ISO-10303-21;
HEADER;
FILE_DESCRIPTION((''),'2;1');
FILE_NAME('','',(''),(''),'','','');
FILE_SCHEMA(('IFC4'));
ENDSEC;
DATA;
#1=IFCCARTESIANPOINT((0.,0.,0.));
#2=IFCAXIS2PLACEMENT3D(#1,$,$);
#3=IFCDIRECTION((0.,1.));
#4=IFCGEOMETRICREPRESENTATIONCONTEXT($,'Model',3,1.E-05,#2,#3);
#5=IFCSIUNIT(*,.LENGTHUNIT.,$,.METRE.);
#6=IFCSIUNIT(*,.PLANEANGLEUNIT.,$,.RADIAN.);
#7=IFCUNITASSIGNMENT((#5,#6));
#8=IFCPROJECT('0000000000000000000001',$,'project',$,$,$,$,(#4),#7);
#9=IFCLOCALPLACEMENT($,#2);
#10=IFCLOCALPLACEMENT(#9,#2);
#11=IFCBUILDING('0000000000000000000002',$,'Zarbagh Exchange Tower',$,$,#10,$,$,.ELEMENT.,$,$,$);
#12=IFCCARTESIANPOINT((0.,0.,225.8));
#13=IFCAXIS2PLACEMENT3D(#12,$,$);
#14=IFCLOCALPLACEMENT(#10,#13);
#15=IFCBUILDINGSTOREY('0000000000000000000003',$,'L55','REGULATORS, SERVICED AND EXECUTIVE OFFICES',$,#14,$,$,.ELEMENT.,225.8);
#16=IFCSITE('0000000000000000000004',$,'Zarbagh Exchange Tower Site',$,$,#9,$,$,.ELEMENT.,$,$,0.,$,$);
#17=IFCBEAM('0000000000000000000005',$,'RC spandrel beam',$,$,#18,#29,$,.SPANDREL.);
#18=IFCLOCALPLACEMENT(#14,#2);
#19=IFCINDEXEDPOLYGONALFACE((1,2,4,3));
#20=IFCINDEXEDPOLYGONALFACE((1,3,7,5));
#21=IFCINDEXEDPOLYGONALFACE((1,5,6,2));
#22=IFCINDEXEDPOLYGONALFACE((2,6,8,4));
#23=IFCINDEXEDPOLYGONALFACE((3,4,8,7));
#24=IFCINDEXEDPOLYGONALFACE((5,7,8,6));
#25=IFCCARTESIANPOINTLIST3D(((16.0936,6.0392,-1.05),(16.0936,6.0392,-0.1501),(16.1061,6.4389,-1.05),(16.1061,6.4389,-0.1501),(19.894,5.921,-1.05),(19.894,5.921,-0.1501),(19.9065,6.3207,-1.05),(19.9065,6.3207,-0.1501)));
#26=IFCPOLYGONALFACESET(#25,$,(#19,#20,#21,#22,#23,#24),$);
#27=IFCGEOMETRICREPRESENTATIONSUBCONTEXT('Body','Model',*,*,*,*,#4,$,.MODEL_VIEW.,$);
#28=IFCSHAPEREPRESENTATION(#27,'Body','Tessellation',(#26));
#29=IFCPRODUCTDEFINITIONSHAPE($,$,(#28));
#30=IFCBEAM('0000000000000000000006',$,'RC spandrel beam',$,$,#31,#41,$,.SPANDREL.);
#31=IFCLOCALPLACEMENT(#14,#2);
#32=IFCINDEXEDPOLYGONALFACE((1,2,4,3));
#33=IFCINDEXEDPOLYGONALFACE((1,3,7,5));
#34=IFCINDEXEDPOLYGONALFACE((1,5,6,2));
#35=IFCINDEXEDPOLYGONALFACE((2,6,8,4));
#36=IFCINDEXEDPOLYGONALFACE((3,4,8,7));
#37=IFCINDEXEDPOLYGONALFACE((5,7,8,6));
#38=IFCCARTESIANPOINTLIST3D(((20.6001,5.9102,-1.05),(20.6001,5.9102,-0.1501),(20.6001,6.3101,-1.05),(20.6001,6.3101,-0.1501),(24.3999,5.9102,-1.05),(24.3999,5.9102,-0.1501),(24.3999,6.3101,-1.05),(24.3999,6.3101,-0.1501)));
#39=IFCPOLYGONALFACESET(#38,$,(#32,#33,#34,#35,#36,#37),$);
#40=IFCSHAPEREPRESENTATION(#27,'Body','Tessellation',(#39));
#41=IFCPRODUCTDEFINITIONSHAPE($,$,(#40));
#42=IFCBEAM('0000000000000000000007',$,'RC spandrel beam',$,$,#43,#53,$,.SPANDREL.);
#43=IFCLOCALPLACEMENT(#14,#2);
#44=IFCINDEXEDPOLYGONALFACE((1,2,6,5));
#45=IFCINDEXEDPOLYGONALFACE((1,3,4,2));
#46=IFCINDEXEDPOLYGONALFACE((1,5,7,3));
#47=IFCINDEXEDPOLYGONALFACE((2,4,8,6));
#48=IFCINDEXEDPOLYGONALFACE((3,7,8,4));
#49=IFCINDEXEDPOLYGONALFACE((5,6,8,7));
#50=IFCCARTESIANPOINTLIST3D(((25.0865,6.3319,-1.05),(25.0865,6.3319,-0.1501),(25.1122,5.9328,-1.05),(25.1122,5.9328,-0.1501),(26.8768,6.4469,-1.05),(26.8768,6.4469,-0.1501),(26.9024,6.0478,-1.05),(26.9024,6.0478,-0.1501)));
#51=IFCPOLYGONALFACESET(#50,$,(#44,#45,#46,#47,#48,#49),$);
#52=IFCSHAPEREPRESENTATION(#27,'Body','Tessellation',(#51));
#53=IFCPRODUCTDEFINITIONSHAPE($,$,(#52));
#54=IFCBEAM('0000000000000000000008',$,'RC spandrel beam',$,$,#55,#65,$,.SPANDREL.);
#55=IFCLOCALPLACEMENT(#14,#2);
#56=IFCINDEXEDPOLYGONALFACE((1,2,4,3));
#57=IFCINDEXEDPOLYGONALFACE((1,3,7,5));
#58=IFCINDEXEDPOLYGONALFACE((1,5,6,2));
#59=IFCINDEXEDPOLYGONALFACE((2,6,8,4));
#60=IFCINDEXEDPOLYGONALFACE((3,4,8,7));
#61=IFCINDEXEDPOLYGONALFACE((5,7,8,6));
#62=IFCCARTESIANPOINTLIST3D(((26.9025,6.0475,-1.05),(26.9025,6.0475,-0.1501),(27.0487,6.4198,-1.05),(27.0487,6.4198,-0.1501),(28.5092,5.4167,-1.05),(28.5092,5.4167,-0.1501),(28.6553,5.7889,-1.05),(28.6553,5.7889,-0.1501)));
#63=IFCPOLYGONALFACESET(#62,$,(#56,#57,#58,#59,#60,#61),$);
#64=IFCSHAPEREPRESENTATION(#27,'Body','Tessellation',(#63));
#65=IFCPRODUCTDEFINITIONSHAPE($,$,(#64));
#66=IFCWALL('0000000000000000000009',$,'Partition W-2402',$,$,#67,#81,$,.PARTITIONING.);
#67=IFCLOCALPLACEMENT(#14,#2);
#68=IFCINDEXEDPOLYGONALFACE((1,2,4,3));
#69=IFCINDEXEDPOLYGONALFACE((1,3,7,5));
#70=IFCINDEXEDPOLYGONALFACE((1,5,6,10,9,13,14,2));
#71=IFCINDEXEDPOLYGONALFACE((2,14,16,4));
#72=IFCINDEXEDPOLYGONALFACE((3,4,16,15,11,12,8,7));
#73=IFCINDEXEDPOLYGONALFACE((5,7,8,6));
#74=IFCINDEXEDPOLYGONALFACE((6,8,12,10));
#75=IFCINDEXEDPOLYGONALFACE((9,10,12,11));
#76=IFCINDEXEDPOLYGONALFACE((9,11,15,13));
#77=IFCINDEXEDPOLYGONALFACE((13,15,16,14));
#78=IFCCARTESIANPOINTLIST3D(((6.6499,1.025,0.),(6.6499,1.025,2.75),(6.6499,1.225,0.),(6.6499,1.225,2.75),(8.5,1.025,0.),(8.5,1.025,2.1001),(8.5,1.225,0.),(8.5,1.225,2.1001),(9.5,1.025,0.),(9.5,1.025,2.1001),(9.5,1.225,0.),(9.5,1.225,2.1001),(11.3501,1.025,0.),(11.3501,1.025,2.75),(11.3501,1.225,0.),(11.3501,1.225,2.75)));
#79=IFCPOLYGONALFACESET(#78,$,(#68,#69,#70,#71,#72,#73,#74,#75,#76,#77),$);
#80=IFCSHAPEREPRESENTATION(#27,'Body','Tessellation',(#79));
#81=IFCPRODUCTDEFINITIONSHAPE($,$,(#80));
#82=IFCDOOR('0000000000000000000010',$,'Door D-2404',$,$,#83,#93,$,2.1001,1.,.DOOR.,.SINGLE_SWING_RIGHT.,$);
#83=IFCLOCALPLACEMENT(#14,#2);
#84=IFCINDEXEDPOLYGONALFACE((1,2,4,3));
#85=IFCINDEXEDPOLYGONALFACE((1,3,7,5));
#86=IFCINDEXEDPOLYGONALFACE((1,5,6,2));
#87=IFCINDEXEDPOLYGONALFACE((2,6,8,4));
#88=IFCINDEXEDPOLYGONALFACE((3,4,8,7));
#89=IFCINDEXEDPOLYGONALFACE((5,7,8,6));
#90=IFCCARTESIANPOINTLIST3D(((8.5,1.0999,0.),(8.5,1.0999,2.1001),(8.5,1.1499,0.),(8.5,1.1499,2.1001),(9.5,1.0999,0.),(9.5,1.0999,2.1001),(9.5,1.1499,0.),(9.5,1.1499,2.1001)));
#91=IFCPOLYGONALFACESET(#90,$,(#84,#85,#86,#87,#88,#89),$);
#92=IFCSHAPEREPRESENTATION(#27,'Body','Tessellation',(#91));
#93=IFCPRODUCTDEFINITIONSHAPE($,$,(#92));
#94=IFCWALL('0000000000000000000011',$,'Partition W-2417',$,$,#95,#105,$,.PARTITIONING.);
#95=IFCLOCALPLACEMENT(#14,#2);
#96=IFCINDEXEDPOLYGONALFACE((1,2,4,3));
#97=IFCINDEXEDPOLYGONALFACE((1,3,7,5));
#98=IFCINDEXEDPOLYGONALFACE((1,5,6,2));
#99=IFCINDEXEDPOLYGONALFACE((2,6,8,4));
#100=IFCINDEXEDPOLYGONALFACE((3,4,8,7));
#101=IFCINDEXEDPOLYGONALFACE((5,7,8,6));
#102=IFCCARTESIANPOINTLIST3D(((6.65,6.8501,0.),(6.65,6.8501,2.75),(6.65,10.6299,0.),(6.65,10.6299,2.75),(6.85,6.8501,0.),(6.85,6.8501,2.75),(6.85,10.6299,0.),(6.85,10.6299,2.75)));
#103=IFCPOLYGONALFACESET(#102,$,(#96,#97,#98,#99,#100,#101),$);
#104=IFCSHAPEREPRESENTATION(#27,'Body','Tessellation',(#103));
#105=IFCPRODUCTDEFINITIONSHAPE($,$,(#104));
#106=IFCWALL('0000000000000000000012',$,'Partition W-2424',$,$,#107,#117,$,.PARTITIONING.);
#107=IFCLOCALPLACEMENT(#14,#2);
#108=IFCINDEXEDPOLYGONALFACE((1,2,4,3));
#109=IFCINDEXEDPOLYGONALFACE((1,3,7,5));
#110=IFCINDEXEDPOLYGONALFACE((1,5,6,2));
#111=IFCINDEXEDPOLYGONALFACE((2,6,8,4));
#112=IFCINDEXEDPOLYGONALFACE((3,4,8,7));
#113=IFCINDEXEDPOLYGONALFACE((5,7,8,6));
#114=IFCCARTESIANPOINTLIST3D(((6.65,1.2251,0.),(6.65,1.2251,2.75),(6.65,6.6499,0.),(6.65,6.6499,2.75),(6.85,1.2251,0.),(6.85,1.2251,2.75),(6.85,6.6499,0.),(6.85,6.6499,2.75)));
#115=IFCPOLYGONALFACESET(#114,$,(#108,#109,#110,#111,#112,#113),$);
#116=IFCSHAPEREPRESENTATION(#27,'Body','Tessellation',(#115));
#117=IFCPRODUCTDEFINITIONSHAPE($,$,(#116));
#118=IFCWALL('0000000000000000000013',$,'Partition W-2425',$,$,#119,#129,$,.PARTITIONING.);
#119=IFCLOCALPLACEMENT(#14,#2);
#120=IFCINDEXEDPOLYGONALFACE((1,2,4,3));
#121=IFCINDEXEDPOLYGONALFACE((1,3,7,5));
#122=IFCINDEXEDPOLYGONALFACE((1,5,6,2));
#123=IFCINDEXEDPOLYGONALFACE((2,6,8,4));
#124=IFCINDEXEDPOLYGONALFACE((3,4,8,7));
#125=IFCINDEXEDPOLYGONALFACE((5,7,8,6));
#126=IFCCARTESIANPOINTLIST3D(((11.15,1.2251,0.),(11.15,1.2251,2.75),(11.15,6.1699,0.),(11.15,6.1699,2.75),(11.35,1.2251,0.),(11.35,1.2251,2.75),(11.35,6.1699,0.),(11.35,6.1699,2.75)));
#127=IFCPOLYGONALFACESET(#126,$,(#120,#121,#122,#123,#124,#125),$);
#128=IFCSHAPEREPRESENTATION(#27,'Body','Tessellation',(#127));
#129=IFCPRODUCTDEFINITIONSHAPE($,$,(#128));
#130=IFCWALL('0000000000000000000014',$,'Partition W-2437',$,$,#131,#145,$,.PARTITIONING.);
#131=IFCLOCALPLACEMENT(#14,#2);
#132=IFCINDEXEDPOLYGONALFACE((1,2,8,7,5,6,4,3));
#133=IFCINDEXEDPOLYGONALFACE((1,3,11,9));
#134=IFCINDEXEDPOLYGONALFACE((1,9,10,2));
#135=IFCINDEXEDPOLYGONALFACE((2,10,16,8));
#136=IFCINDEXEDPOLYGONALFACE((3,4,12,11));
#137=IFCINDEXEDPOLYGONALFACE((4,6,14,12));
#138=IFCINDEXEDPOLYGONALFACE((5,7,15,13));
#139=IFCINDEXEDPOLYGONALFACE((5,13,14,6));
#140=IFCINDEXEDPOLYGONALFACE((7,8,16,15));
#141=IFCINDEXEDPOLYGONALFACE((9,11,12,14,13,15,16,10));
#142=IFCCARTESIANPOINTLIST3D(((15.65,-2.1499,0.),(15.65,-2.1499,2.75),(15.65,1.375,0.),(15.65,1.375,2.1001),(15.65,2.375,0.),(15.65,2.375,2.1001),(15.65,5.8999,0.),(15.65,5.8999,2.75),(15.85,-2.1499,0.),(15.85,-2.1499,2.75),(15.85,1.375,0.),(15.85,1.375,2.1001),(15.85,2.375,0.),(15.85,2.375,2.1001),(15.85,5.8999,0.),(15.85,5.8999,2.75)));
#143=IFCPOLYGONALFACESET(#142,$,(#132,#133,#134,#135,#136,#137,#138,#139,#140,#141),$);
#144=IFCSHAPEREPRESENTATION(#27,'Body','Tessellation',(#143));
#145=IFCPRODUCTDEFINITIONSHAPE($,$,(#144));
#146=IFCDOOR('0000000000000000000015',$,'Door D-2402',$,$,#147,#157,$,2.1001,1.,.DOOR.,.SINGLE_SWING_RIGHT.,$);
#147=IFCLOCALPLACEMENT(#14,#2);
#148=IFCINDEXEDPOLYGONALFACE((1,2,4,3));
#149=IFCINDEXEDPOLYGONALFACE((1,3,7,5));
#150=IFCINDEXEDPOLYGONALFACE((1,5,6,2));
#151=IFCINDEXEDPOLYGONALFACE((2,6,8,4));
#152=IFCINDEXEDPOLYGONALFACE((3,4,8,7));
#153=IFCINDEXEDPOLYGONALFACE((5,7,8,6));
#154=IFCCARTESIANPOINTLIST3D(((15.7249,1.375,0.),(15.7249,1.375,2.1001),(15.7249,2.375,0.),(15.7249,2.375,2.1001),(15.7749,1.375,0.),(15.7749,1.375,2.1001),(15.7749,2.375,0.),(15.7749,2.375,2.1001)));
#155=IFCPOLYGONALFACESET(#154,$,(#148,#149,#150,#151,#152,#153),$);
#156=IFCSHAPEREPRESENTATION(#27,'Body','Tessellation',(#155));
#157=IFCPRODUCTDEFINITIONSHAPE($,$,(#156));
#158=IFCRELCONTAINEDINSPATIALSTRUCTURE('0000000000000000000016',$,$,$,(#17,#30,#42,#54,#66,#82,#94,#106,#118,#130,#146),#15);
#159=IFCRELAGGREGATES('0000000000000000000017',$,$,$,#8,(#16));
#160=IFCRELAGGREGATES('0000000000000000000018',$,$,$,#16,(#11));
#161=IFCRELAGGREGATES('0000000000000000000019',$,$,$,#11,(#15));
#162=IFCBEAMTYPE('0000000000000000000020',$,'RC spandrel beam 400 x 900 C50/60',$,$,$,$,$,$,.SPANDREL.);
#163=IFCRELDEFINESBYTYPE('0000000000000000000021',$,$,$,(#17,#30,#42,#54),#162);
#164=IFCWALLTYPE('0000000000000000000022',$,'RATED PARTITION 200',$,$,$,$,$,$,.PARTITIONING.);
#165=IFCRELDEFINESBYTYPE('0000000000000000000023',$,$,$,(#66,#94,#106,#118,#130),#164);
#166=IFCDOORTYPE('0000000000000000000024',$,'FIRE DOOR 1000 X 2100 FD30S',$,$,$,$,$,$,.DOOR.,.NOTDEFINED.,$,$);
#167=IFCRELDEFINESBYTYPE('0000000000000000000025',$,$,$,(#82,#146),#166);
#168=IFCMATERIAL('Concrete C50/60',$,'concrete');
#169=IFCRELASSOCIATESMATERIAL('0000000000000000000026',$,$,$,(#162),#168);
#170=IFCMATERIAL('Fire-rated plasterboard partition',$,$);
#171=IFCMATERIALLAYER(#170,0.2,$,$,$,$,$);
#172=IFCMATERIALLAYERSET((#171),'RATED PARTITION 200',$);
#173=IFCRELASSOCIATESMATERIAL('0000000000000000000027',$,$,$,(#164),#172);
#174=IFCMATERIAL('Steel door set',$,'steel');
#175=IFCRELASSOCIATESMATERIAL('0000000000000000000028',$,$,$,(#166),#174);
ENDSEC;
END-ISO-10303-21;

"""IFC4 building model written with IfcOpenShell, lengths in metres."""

from ifc_helpers import new_model, si_unit, direction, frame, frame_2d, origin, origin_2d, place, context, subcontext, project, spatial, rectangle, extrude, material, layer, layer_set, material_profile, profile_set, type_object, element, fill, save


model = new_model("IFC4")

# Units and contexts
model_context = context("Model", 3, precision=1e-05, world=origin(), true_north=direction((0.0, 1.0)))
body_context = subcontext(model_context, "Body", "Model", "MODEL_VIEW")
ifc_project = project(units=[si_unit("LENGTHUNIT", "METRE"), si_unit("PLANEANGLEUNIT", "RADIAN")], contexts=[model_context])

# Site, building, storey
site_placement = place(None, origin())
site = spatial("IfcSite", under=ifc_project, at=site_placement, Name="Zarbagh Exchange Tower Site", CompositionType="ELEMENT", RefElevation=0.0)
building_placement = place(site_placement, origin())
building = spatial("IfcBuilding", under=site, at=building_placement, Name="Zarbagh Exchange Tower", CompositionType="ELEMENT")
storey_placement = place(building_placement, frame((0.0, 0.0, 225.8)))
storey = spatial("IfcBuildingStorey", under=building, at=storey_placement, Name="L55", Description="REGULATORS, SERVICED AND EXECUTIVE OFFICES", CompositionType="ELEMENT", Elevation=225.8)

# Shared definitions
ifc_material_1 = material(Name="Concrete C50/60", Category="concrete")

# Beams
ifc_material_profile_1 = material_profile(ifc_material_1, rectangle(XDim=0.3999, YDim=0.8999, at=origin_2d()), Name="RC spandrel beam 400 x 900 C50/60")
ifc_profile_set_1 = profile_set([ifc_material_profile_1], Name="Concrete C50/60")
beam_type_1 = type_object("IfcBeamType", Name="RC spandrel beam 400 x 900 C50/60", PredefinedType="SPANDREL", material=ifc_profile_set_1)
beam_1_placement = place(storey_placement, frame((16.0999, 6.239, -0.6001), z_axis=(0.999517, -0.031078, 0.0), x_axis=(0.031078, 0.999517, 0.0)))
element("IfcBeam", 1, at=beam_1_placement, inside=storey, type_object=beam_type_1, Name="RC spandrel beam", PredefinedType="SPANDREL", context=body_context, shape_type="SweptSolid", body=[
    extrude(rectangle(XDim=0.3999, YDim=0.8999, at=origin_2d()), origin(), (0.0, 0.0, 1.0), 3.8022),
])
beam_2_placement = place(storey_placement, frame((20.6001, 6.1101, -0.6001), z_axis=(1.0, 0.0, 0.0), x_axis=(0.0, 1.0, 0.0)))
element("IfcBeam", 2, at=beam_2_placement, inside=storey, type_object=beam_type_1, Name="RC spandrel beam", PredefinedType="SPANDREL", context=body_context, shape_type="SweptSolid", body=[
    extrude(rectangle(XDim=0.3999, YDim=0.8999, at=origin_2d()), origin(), (0.0, 0.0, 1.0), 3.7998),
])
beam_3_placement = place(storey_placement, frame((25.0994, 6.1323, -0.6001), z_axis=(0.997944, 0.064098, 0.0), x_axis=(-0.064098, 0.997944, 0.0)))
element("IfcBeam", 3, at=beam_3_placement, inside=storey, type_object=beam_type_1, Name="RC spandrel beam", PredefinedType="SPANDREL", context=body_context, shape_type="SweptSolid", body=[
    extrude(rectangle(XDim=0.3999, YDim=0.8999, at=origin_2d()), origin(), (0.0, 0.0, 1.0), 1.7939),
])
beam_4_placement = place(storey_placement, frame((26.9756, 6.2336, -0.6001), z_axis=(0.930819, -0.365482, 0.0), x_axis=(0.365482, 0.930819, 0.0)))
element("IfcBeam", 4, at=beam_4_placement, inside=storey, type_object=beam_type_1, Name="RC spandrel beam", PredefinedType="SPANDREL", context=body_context, shape_type="SweptSolid", body=[
    extrude(rectangle(XDim=0.3999, YDim=0.8999, at=origin_2d()), origin(), (0.0, 0.0, 1.0), 1.7261),
])

# Wall, opening, door
ifc_material_2 = material(Name="Fire-rated plasterboard partition")
ifc_layer = layer(ifc_material_2, 0.2)
ifc_layer_set = layer_set([ifc_layer], Name="RATED PARTITION 200")
wall_type = type_object("IfcWallType", Name="RATED PARTITION 200", PredefinedType="PARTITIONING", material=ifc_layer_set)
wall_1_placement = place(storey_placement, frame((6.6499, 1.125, 0.0), z_axis=(0.0, 0.0, 1.0), x_axis=(1.0, 0.0, 0.0)))
wall_1 = element("IfcWall", 5, at=wall_1_placement, inside=storey, type_object=wall_type, Name="Partition W-2402", PredefinedType="PARTITIONING", context=body_context, shape_type="SweptSolid", body=[
    extrude(rectangle(XDim=4.7002, YDim=0.2, at=frame_2d((2.3501, 0.0))), origin(), (0.0, 0.0, 1.0), 2.75),
])
opening_1_placement = place(wall_1_placement, frame((1.8501, 0.0, 0.0)))
opening_1 = element("IfcOpeningElement", 6, at=opening_1_placement, cuts=wall_1, PredefinedType="OPENING", context=body_context, shape_type="SweptSolid", body=[
    extrude(rectangle(XDim=1.0, YDim=2.1001, at=frame_2d((0.5, 1.05))), frame((0.0, 0.1099, 0.0), z_axis=(0.0, -1.0, 0.0), x_axis=(1.0, 0.0, 0.0)), (0.0, 0.0, 1.0), 0.22),
])
ifc_material_3 = material(Name="Steel door set", Category="steel")
door_type = type_object("IfcDoorType", Name="FIRE DOOR 1000 X 2100 FD30S", OperationType="NOTDEFINED", PredefinedType="DOOR", material=ifc_material_3)
door_1_placement = place(opening_1_placement, origin())
door_1 = element("IfcDoor", 7, at=door_1_placement, inside=storey, type_object=door_type, Name="Door D-2404", OperationType="SINGLE_SWING_RIGHT", OverallHeight=2.1001, OverallWidth=1.0, PredefinedType="DOOR", context=body_context, shape_type="SweptSolid", body=[
    extrude(rectangle(XDim=1.0, YDim=2.1001, at=frame_2d((0.5, 1.05))), frame((0.0, 0.0249, 0.0), z_axis=(0.0, -1.0, 0.0), x_axis=(1.0, 0.0, 0.0)), (0.0, 0.0, 1.0), 0.05),
])
fill(opening_1, door_1)

# Walls
wall_2_placement = place(storey_placement, frame((6.75, 6.8501, 0.0), z_axis=(0.0, 0.0, 1.0), x_axis=(0.0, 1.0, 0.0)))
element("IfcWall", 8, at=wall_2_placement, inside=storey, type_object=wall_type, Name="Partition W-2417", PredefinedType="PARTITIONING", context=body_context, shape_type="SweptSolid", body=[
    extrude(rectangle(XDim=3.7798, YDim=0.2, at=frame_2d((1.8899, 0.0))), origin(), (0.0, 0.0, 1.0), 2.75),
])
wall_3_placement = place(storey_placement, frame((6.75, 1.2251, 0.0), z_axis=(0.0, 0.0, 1.0), x_axis=(0.0, 1.0, 0.0)))
element("IfcWall", 9, at=wall_3_placement, inside=storey, type_object=wall_type, Name="Partition W-2424", PredefinedType="PARTITIONING", context=body_context, shape_type="SweptSolid", body=[
    extrude(rectangle(XDim=5.4248, YDim=0.2, at=frame_2d((2.7124, 0.0))), origin(), (0.0, 0.0, 1.0), 2.75),
])
wall_4_placement = place(storey_placement, frame((11.25, 1.2251, 0.0), z_axis=(0.0, 0.0, 1.0), x_axis=(0.0, 1.0, 0.0)))
element("IfcWall", 10, at=wall_4_placement, inside=storey, type_object=wall_type, Name="Partition W-2425", PredefinedType="PARTITIONING", context=body_context, shape_type="SweptSolid", body=[
    extrude(rectangle(XDim=4.9448, YDim=0.2, at=frame_2d((2.4724, 0.0))), origin(), (0.0, 0.0, 1.0), 2.75),
])

# Wall, opening, door
wall_5_placement = place(storey_placement, frame((15.75, 5.8999, 0.0), z_axis=(0.0, 0.0, 1.0), x_axis=(0.0, -1.0, 0.0)))
wall_5 = element("IfcWall", 11, at=wall_5_placement, inside=storey, type_object=wall_type, Name="Partition W-2437", PredefinedType="PARTITIONING", context=body_context, shape_type="SweptSolid", body=[
    extrude(rectangle(XDim=8.0498, YDim=0.2, at=frame_2d((4.0249, 0.0))), origin(), (0.0, 0.0, 1.0), 2.75),
])
opening_2_placement = place(wall_5_placement, frame((3.5249, 0.0, 0.0)))
opening_2 = element("IfcOpeningElement", 12, at=opening_2_placement, cuts=wall_5, PredefinedType="OPENING", context=body_context, shape_type="SweptSolid", body=[
    extrude(rectangle(XDim=1.0, YDim=2.1001, at=frame_2d((0.5, 1.05))), frame((0.0, 0.1099, 0.0), z_axis=(0.0, -1.0, 0.0), x_axis=(1.0, 0.0, 0.0)), (0.0, 0.0, 1.0), 0.22),
])
door_2_placement = place(opening_2_placement, origin())
door_2 = element("IfcDoor", 13, at=door_2_placement, inside=storey, type_object=door_type, Name="Door D-2402", OperationType="SINGLE_SWING_RIGHT", OverallHeight=2.1001, OverallWidth=1.0, PredefinedType="DOOR", context=body_context, shape_type="SweptSolid", body=[
    extrude(rectangle(XDim=1.0, YDim=2.1001, at=frame_2d((0.5, 1.05))), frame((0.0, 0.0249, 0.0), z_axis=(0.0, -1.0, 0.0), x_axis=(1.0, 0.0, 0.0)), (0.0, 0.0, 1.0), 0.05),
])
fill(opening_2, door_2)

save(model, "model.ifc")
